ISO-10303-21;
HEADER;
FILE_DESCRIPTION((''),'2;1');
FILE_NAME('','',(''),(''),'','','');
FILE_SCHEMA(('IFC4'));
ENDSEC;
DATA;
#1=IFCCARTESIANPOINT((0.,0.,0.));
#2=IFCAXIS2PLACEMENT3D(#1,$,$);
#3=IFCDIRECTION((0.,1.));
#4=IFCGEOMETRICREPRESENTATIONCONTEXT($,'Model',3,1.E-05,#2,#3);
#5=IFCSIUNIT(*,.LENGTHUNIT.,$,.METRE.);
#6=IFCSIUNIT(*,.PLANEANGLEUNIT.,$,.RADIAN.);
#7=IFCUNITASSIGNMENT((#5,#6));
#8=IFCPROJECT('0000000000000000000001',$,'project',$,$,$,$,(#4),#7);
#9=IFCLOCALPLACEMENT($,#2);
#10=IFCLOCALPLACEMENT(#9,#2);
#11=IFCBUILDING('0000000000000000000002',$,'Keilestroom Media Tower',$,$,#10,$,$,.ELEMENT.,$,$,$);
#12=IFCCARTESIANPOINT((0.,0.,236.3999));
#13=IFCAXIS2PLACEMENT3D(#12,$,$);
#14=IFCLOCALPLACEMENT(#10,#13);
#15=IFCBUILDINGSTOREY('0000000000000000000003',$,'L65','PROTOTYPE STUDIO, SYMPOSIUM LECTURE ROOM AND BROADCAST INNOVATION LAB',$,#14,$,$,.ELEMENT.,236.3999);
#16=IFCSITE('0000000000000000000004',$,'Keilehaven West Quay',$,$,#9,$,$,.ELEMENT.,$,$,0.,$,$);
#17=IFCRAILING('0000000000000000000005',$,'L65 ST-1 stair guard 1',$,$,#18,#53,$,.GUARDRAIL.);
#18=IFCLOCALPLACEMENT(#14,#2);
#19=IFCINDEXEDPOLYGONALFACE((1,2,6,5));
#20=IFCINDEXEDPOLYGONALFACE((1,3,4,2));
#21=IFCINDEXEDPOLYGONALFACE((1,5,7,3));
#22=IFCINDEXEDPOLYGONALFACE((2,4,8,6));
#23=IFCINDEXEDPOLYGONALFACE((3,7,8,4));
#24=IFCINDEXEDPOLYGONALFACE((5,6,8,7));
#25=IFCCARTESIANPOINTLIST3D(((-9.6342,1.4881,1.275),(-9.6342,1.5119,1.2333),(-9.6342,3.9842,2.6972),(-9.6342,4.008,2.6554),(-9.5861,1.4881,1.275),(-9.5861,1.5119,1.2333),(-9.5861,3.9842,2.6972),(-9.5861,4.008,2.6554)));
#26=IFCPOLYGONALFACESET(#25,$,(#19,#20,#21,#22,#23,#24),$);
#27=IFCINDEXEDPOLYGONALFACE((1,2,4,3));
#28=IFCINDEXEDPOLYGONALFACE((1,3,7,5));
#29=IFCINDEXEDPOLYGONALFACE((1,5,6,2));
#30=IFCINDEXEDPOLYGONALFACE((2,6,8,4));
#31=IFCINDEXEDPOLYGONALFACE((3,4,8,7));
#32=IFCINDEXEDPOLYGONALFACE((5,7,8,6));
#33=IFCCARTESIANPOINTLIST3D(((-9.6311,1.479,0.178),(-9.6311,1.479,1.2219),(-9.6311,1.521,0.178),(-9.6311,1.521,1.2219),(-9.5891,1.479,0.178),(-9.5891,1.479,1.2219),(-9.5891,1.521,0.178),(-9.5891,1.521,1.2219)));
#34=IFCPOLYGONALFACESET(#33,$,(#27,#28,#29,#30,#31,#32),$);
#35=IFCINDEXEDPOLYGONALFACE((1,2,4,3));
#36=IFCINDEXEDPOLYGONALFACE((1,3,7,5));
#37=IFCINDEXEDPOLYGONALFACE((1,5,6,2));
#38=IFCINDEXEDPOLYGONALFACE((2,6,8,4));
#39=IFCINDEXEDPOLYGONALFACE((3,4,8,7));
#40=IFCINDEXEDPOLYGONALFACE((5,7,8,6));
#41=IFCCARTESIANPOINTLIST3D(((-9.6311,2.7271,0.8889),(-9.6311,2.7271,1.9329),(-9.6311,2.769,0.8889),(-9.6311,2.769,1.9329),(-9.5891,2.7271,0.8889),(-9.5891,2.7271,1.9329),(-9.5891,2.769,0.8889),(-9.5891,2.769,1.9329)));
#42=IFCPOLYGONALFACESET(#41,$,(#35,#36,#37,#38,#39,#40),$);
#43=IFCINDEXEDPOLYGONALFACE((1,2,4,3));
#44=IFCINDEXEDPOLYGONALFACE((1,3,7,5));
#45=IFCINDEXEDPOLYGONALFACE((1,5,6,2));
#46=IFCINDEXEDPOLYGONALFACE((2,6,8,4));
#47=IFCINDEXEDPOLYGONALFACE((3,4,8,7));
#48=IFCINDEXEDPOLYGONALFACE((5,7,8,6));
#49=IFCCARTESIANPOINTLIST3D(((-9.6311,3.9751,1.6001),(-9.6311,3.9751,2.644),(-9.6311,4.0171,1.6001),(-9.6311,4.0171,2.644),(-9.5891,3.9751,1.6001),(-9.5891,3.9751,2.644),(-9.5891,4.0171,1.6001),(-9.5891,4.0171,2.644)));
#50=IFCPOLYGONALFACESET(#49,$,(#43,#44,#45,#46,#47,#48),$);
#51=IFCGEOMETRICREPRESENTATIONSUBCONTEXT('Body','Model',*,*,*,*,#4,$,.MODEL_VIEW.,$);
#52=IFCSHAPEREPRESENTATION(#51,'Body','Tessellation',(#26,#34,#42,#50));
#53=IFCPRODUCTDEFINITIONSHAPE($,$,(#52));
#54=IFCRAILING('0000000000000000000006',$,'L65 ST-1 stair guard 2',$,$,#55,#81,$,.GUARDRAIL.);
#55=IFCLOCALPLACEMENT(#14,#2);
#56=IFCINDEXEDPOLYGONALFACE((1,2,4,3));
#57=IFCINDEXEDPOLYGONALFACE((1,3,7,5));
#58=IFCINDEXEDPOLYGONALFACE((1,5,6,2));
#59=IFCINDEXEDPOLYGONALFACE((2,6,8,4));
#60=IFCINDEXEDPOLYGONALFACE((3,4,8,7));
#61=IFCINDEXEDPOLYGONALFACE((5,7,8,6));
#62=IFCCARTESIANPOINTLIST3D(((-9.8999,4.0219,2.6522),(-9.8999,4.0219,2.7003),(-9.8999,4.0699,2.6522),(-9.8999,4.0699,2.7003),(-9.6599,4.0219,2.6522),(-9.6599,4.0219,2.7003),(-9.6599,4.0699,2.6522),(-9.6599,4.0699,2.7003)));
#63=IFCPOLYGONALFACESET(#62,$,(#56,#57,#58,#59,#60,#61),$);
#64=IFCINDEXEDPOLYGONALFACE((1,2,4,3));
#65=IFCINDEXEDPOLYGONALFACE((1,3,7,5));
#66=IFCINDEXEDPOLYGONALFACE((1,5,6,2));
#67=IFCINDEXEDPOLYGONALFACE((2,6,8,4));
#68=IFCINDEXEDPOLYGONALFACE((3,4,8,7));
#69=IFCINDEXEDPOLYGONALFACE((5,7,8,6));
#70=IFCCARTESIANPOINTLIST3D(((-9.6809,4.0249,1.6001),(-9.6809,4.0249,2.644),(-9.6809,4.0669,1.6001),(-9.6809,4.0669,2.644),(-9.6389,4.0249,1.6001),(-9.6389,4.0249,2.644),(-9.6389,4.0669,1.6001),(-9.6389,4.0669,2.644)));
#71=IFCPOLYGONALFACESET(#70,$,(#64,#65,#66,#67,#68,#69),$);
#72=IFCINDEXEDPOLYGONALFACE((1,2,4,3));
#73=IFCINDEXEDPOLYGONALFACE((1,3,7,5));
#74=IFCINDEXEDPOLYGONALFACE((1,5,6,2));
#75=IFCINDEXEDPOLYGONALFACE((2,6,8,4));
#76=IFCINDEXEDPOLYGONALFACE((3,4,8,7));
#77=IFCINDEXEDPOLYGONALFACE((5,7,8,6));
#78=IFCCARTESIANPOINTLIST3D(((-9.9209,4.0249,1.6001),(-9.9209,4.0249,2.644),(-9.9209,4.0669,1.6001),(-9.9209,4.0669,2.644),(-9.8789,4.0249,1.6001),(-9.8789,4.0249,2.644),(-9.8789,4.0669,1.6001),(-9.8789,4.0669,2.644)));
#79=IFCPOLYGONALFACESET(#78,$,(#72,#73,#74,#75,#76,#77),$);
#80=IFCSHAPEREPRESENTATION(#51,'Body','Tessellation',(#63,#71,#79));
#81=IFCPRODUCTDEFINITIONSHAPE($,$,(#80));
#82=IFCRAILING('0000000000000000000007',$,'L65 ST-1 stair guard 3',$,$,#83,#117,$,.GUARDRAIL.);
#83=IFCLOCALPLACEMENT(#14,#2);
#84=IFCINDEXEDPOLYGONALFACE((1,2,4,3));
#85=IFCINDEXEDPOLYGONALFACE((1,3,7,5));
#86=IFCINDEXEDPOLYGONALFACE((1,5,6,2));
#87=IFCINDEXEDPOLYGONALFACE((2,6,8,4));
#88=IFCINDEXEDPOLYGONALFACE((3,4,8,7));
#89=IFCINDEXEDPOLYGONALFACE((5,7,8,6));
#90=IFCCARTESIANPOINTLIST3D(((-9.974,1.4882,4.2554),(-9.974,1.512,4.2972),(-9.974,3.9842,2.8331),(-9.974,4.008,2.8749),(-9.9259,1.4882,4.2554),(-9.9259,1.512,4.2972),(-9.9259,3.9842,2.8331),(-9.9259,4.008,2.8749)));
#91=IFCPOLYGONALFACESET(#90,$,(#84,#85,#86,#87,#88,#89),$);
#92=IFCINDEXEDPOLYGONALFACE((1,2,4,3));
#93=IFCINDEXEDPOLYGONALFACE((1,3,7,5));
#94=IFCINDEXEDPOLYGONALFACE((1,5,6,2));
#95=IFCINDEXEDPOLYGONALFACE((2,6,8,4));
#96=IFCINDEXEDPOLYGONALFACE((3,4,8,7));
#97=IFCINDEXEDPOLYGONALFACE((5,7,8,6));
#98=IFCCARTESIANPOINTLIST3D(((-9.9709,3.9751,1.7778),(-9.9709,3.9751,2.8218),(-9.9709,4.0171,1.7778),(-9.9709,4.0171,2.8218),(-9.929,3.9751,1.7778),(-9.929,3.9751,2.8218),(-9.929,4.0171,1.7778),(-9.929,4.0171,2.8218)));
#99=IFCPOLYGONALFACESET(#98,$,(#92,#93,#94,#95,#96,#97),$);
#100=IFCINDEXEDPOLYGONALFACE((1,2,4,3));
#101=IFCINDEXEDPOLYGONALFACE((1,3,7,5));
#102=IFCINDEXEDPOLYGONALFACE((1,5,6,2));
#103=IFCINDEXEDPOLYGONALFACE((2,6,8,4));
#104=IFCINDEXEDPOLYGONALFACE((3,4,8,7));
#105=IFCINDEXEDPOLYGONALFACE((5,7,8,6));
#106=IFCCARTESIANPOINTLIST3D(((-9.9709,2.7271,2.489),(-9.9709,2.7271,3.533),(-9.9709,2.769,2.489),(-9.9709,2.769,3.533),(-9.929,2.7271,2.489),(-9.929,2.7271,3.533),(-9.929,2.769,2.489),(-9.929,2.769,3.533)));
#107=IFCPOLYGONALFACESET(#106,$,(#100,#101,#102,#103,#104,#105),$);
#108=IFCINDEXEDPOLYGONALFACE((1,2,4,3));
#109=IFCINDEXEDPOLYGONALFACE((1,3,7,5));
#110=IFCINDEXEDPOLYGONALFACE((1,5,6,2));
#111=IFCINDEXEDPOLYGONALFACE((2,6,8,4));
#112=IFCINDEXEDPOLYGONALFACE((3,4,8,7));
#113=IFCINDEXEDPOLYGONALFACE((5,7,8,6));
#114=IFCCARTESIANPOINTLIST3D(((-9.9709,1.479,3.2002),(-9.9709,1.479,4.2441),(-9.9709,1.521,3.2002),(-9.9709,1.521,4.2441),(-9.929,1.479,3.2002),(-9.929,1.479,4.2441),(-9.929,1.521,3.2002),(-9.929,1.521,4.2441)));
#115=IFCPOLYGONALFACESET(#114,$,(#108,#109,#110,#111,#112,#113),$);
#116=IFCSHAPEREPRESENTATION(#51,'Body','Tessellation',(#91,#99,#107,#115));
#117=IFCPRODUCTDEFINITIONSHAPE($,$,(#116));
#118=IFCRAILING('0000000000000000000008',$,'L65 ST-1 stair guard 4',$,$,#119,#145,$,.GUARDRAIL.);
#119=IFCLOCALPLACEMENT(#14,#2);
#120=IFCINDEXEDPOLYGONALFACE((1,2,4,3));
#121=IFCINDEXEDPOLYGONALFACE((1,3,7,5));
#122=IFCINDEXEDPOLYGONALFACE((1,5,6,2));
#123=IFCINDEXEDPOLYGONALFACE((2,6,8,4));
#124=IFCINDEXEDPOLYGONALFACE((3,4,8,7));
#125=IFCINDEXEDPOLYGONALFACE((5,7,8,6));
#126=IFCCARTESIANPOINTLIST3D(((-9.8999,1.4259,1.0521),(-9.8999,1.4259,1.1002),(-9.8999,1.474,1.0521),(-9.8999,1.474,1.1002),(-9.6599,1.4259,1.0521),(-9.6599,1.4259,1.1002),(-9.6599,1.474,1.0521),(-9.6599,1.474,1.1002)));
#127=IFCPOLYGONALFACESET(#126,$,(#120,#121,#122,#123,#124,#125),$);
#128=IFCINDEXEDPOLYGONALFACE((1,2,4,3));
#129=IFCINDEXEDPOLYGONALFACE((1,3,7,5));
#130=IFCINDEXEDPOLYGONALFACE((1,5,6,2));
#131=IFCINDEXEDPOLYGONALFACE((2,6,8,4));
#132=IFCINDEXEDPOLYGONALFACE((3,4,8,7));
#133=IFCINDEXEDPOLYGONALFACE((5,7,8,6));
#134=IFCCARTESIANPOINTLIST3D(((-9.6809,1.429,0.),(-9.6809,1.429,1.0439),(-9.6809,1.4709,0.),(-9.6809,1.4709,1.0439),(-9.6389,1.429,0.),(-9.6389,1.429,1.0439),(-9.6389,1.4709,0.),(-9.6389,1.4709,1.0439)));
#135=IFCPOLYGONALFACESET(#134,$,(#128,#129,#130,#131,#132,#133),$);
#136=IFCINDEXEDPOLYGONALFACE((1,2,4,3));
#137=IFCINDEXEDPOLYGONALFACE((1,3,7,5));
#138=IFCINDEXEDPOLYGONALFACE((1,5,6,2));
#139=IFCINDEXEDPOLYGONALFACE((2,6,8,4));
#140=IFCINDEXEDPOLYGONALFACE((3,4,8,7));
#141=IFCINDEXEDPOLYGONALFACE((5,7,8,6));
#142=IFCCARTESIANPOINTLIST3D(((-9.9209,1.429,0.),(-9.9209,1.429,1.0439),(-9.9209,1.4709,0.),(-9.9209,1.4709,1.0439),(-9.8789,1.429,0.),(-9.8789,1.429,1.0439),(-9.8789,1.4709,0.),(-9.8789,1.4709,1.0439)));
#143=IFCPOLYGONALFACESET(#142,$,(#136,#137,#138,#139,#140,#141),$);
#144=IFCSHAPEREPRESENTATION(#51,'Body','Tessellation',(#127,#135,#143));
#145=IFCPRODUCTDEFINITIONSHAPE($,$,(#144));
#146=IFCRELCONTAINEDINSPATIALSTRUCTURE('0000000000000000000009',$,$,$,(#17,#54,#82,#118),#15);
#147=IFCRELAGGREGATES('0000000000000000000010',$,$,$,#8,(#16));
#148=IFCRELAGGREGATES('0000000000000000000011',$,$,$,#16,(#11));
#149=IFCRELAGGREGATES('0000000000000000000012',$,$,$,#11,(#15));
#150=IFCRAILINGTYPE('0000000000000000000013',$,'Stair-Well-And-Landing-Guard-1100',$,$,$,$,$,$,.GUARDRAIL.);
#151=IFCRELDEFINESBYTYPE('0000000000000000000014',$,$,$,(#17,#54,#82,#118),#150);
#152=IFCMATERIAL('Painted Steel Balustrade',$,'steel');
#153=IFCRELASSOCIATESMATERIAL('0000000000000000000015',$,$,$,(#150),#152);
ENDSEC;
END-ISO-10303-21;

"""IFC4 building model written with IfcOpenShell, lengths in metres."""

from ifc_helpers import new_model, si_unit, direction, frame, origin, origin_2d, place, context, subcontext, project, spatial, rectangle, extrude, material, type_object, element, save


model = new_model("IFC4")

# Units and contexts
model_context = context("Model", 3, precision=1e-05, world=origin(), true_north=direction((0.0, 1.0)))
body_context = subcontext(model_context, "Body", "Model", "MODEL_VIEW")
ifc_project = project(units=[si_unit("LENGTHUNIT", "METRE"), si_unit("PLANEANGLEUNIT", "RADIAN")], contexts=[model_context])

# Site, building, storey
site_placement = place(None, origin())
site = spatial("IfcSite", under=ifc_project, at=site_placement, Name="Keilehaven West Quay", CompositionType="ELEMENT", RefElevation=0.0)
building_placement = place(site_placement, origin())
building = spatial("IfcBuilding", under=site, at=building_placement, Name="Keilestroom Media Tower", CompositionType="ELEMENT")
storey_placement = place(building_placement, frame((0.0, 0.0, 236.3999)))
storey = spatial("IfcBuildingStorey", under=building, at=storey_placement, Name="L65", Description="PROTOTYPE STUDIO, SYMPOSIUM LECTURE ROOM AND BROADCAST INNOVATION LAB", CompositionType="ELEMENT", Elevation=236.3999)

# Railings
ifc_material_1 = material(Name="Painted Steel Balustrade", Category="steel")
railing_type_1 = type_object("IfcRailingType", Name="Stair-Well-And-Landing-Guard-1100", PredefinedType="GUARDRAIL", material=ifc_material_1)
railing_1_placement = place(storey_placement, frame((-9.6101, 1.5, 0.178)))
element("IfcRailing", 1, at=railing_1_placement, inside=storey, type_object=railing_type_1, Name="L65 ST-1 stair guard 1", PredefinedType="GUARDRAIL", context=body_context, shape_type="SweptSolid", body=[
    extrude(rectangle(XDim=0.0481, YDim=0.0481, at=origin_2d()), frame((0.0, 0.0, 1.0762), z_axis=(0.0, 0.868875, 0.495031), x_axis=(-1.0, 0.0, 0.0)), (0.0, 0.0, 1.0), 2.8728),
    extrude(rectangle(XDim=0.042, YDim=0.042, at=origin_2d()), origin(), (0.0, 0.0, 1.0), 1.0439),
    extrude(rectangle(XDim=0.042, YDim=0.042, at=origin_2d()), frame((0.0, 1.248, 0.7109)), (0.0, 0.0, 1.0), 1.0439),
    extrude(rectangle(XDim=0.042, YDim=0.042, at=origin_2d()), frame((0.0, 2.4961, 1.4221)), (0.0, 0.0, 1.0), 1.0439),
])
railing_2_placement = place(storey_placement, frame((-9.6599, 4.0459, 1.6001)))
element("IfcRailing", 2, at=railing_2_placement, inside=storey, type_object=railing_type_1, Name="L65 ST-1 stair guard 2", PredefinedType="GUARDRAIL", context=body_context, shape_type="SweptSolid", body=[
    extrude(rectangle(XDim=0.0481, YDim=0.0481, at=origin_2d()), frame((0.0, 0.0, 1.0762), z_axis=(-1.0, 0.0, 0.0), x_axis=(0.0, -1.0, 0.0)), (0.0, 0.0, 1.0), 0.24),
    extrude(rectangle(XDim=0.042, YDim=0.042, at=origin_2d()), origin(), (0.0, 0.0, 1.0), 1.0439),
    extrude(rectangle(XDim=0.042, YDim=0.042, at=origin_2d()), frame((-0.24, 0.0, 0.0)), (0.0, 0.0, 1.0), 1.0439),
])
railing_3_placement = place(storey_placement, frame((-9.95, 3.9961, 1.7778)))
element("IfcRailing", 3, at=railing_3_placement, inside=storey, type_object=railing_type_1, Name="L65 ST-1 stair guard 3", PredefinedType="GUARDRAIL", context=body_context, shape_type="SweptSolid", body=[
    extrude(rectangle(XDim=0.0481, YDim=0.0481, at=origin_2d()), frame((0.0, 0.0, 1.0762), z_axis=(0.0, -0.868839, 0.495095), x_axis=(1.0, 0.0, 0.0)), (0.0, 0.0, 1.0), 2.8728),
    extrude(rectangle(XDim=0.042, YDim=0.042, at=origin_2d()), origin(), (0.0, 0.0, 1.0), 1.0439),
    extrude(rectangle(XDim=0.042, YDim=0.042, at=origin_2d()), frame((0.0, -1.248, 0.7112)), (0.0, 0.0, 1.0), 1.0439),
    extrude(rectangle(XDim=0.042, YDim=0.042, at=origin_2d()), frame((0.0, -2.4961, 1.4224)), (0.0, 0.0, 1.0), 1.0439),
])
railing_4_placement = place(storey_placement, frame((-9.6599, 1.45, 0.0)))
element("IfcRailing", 4, at=railing_4_placement, inside=storey, type_object=railing_type_1, Name="L65 ST-1 stair guard 4", PredefinedType="GUARDRAIL", context=body_context, shape_type="SweptSolid", body=[
    extrude(rectangle(XDim=0.0481, YDim=0.0481, at=origin_2d()), frame((0.0, 0.0, 1.0762), z_axis=(-1.0, 0.0, 0.0), x_axis=(0.0, -1.0, 0.0)), (0.0, 0.0, 1.0), 0.24),
    extrude(rectangle(XDim=0.042, YDim=0.042, at=origin_2d()), origin(), (0.0, 0.0, 1.0), 1.0439),
    extrude(rectangle(XDim=0.042, YDim=0.042, at=origin_2d()), frame((-0.24, 0.0, 0.0)), (0.0, 0.0, 1.0), 1.0439),
])

save(model, "model.ifc")
